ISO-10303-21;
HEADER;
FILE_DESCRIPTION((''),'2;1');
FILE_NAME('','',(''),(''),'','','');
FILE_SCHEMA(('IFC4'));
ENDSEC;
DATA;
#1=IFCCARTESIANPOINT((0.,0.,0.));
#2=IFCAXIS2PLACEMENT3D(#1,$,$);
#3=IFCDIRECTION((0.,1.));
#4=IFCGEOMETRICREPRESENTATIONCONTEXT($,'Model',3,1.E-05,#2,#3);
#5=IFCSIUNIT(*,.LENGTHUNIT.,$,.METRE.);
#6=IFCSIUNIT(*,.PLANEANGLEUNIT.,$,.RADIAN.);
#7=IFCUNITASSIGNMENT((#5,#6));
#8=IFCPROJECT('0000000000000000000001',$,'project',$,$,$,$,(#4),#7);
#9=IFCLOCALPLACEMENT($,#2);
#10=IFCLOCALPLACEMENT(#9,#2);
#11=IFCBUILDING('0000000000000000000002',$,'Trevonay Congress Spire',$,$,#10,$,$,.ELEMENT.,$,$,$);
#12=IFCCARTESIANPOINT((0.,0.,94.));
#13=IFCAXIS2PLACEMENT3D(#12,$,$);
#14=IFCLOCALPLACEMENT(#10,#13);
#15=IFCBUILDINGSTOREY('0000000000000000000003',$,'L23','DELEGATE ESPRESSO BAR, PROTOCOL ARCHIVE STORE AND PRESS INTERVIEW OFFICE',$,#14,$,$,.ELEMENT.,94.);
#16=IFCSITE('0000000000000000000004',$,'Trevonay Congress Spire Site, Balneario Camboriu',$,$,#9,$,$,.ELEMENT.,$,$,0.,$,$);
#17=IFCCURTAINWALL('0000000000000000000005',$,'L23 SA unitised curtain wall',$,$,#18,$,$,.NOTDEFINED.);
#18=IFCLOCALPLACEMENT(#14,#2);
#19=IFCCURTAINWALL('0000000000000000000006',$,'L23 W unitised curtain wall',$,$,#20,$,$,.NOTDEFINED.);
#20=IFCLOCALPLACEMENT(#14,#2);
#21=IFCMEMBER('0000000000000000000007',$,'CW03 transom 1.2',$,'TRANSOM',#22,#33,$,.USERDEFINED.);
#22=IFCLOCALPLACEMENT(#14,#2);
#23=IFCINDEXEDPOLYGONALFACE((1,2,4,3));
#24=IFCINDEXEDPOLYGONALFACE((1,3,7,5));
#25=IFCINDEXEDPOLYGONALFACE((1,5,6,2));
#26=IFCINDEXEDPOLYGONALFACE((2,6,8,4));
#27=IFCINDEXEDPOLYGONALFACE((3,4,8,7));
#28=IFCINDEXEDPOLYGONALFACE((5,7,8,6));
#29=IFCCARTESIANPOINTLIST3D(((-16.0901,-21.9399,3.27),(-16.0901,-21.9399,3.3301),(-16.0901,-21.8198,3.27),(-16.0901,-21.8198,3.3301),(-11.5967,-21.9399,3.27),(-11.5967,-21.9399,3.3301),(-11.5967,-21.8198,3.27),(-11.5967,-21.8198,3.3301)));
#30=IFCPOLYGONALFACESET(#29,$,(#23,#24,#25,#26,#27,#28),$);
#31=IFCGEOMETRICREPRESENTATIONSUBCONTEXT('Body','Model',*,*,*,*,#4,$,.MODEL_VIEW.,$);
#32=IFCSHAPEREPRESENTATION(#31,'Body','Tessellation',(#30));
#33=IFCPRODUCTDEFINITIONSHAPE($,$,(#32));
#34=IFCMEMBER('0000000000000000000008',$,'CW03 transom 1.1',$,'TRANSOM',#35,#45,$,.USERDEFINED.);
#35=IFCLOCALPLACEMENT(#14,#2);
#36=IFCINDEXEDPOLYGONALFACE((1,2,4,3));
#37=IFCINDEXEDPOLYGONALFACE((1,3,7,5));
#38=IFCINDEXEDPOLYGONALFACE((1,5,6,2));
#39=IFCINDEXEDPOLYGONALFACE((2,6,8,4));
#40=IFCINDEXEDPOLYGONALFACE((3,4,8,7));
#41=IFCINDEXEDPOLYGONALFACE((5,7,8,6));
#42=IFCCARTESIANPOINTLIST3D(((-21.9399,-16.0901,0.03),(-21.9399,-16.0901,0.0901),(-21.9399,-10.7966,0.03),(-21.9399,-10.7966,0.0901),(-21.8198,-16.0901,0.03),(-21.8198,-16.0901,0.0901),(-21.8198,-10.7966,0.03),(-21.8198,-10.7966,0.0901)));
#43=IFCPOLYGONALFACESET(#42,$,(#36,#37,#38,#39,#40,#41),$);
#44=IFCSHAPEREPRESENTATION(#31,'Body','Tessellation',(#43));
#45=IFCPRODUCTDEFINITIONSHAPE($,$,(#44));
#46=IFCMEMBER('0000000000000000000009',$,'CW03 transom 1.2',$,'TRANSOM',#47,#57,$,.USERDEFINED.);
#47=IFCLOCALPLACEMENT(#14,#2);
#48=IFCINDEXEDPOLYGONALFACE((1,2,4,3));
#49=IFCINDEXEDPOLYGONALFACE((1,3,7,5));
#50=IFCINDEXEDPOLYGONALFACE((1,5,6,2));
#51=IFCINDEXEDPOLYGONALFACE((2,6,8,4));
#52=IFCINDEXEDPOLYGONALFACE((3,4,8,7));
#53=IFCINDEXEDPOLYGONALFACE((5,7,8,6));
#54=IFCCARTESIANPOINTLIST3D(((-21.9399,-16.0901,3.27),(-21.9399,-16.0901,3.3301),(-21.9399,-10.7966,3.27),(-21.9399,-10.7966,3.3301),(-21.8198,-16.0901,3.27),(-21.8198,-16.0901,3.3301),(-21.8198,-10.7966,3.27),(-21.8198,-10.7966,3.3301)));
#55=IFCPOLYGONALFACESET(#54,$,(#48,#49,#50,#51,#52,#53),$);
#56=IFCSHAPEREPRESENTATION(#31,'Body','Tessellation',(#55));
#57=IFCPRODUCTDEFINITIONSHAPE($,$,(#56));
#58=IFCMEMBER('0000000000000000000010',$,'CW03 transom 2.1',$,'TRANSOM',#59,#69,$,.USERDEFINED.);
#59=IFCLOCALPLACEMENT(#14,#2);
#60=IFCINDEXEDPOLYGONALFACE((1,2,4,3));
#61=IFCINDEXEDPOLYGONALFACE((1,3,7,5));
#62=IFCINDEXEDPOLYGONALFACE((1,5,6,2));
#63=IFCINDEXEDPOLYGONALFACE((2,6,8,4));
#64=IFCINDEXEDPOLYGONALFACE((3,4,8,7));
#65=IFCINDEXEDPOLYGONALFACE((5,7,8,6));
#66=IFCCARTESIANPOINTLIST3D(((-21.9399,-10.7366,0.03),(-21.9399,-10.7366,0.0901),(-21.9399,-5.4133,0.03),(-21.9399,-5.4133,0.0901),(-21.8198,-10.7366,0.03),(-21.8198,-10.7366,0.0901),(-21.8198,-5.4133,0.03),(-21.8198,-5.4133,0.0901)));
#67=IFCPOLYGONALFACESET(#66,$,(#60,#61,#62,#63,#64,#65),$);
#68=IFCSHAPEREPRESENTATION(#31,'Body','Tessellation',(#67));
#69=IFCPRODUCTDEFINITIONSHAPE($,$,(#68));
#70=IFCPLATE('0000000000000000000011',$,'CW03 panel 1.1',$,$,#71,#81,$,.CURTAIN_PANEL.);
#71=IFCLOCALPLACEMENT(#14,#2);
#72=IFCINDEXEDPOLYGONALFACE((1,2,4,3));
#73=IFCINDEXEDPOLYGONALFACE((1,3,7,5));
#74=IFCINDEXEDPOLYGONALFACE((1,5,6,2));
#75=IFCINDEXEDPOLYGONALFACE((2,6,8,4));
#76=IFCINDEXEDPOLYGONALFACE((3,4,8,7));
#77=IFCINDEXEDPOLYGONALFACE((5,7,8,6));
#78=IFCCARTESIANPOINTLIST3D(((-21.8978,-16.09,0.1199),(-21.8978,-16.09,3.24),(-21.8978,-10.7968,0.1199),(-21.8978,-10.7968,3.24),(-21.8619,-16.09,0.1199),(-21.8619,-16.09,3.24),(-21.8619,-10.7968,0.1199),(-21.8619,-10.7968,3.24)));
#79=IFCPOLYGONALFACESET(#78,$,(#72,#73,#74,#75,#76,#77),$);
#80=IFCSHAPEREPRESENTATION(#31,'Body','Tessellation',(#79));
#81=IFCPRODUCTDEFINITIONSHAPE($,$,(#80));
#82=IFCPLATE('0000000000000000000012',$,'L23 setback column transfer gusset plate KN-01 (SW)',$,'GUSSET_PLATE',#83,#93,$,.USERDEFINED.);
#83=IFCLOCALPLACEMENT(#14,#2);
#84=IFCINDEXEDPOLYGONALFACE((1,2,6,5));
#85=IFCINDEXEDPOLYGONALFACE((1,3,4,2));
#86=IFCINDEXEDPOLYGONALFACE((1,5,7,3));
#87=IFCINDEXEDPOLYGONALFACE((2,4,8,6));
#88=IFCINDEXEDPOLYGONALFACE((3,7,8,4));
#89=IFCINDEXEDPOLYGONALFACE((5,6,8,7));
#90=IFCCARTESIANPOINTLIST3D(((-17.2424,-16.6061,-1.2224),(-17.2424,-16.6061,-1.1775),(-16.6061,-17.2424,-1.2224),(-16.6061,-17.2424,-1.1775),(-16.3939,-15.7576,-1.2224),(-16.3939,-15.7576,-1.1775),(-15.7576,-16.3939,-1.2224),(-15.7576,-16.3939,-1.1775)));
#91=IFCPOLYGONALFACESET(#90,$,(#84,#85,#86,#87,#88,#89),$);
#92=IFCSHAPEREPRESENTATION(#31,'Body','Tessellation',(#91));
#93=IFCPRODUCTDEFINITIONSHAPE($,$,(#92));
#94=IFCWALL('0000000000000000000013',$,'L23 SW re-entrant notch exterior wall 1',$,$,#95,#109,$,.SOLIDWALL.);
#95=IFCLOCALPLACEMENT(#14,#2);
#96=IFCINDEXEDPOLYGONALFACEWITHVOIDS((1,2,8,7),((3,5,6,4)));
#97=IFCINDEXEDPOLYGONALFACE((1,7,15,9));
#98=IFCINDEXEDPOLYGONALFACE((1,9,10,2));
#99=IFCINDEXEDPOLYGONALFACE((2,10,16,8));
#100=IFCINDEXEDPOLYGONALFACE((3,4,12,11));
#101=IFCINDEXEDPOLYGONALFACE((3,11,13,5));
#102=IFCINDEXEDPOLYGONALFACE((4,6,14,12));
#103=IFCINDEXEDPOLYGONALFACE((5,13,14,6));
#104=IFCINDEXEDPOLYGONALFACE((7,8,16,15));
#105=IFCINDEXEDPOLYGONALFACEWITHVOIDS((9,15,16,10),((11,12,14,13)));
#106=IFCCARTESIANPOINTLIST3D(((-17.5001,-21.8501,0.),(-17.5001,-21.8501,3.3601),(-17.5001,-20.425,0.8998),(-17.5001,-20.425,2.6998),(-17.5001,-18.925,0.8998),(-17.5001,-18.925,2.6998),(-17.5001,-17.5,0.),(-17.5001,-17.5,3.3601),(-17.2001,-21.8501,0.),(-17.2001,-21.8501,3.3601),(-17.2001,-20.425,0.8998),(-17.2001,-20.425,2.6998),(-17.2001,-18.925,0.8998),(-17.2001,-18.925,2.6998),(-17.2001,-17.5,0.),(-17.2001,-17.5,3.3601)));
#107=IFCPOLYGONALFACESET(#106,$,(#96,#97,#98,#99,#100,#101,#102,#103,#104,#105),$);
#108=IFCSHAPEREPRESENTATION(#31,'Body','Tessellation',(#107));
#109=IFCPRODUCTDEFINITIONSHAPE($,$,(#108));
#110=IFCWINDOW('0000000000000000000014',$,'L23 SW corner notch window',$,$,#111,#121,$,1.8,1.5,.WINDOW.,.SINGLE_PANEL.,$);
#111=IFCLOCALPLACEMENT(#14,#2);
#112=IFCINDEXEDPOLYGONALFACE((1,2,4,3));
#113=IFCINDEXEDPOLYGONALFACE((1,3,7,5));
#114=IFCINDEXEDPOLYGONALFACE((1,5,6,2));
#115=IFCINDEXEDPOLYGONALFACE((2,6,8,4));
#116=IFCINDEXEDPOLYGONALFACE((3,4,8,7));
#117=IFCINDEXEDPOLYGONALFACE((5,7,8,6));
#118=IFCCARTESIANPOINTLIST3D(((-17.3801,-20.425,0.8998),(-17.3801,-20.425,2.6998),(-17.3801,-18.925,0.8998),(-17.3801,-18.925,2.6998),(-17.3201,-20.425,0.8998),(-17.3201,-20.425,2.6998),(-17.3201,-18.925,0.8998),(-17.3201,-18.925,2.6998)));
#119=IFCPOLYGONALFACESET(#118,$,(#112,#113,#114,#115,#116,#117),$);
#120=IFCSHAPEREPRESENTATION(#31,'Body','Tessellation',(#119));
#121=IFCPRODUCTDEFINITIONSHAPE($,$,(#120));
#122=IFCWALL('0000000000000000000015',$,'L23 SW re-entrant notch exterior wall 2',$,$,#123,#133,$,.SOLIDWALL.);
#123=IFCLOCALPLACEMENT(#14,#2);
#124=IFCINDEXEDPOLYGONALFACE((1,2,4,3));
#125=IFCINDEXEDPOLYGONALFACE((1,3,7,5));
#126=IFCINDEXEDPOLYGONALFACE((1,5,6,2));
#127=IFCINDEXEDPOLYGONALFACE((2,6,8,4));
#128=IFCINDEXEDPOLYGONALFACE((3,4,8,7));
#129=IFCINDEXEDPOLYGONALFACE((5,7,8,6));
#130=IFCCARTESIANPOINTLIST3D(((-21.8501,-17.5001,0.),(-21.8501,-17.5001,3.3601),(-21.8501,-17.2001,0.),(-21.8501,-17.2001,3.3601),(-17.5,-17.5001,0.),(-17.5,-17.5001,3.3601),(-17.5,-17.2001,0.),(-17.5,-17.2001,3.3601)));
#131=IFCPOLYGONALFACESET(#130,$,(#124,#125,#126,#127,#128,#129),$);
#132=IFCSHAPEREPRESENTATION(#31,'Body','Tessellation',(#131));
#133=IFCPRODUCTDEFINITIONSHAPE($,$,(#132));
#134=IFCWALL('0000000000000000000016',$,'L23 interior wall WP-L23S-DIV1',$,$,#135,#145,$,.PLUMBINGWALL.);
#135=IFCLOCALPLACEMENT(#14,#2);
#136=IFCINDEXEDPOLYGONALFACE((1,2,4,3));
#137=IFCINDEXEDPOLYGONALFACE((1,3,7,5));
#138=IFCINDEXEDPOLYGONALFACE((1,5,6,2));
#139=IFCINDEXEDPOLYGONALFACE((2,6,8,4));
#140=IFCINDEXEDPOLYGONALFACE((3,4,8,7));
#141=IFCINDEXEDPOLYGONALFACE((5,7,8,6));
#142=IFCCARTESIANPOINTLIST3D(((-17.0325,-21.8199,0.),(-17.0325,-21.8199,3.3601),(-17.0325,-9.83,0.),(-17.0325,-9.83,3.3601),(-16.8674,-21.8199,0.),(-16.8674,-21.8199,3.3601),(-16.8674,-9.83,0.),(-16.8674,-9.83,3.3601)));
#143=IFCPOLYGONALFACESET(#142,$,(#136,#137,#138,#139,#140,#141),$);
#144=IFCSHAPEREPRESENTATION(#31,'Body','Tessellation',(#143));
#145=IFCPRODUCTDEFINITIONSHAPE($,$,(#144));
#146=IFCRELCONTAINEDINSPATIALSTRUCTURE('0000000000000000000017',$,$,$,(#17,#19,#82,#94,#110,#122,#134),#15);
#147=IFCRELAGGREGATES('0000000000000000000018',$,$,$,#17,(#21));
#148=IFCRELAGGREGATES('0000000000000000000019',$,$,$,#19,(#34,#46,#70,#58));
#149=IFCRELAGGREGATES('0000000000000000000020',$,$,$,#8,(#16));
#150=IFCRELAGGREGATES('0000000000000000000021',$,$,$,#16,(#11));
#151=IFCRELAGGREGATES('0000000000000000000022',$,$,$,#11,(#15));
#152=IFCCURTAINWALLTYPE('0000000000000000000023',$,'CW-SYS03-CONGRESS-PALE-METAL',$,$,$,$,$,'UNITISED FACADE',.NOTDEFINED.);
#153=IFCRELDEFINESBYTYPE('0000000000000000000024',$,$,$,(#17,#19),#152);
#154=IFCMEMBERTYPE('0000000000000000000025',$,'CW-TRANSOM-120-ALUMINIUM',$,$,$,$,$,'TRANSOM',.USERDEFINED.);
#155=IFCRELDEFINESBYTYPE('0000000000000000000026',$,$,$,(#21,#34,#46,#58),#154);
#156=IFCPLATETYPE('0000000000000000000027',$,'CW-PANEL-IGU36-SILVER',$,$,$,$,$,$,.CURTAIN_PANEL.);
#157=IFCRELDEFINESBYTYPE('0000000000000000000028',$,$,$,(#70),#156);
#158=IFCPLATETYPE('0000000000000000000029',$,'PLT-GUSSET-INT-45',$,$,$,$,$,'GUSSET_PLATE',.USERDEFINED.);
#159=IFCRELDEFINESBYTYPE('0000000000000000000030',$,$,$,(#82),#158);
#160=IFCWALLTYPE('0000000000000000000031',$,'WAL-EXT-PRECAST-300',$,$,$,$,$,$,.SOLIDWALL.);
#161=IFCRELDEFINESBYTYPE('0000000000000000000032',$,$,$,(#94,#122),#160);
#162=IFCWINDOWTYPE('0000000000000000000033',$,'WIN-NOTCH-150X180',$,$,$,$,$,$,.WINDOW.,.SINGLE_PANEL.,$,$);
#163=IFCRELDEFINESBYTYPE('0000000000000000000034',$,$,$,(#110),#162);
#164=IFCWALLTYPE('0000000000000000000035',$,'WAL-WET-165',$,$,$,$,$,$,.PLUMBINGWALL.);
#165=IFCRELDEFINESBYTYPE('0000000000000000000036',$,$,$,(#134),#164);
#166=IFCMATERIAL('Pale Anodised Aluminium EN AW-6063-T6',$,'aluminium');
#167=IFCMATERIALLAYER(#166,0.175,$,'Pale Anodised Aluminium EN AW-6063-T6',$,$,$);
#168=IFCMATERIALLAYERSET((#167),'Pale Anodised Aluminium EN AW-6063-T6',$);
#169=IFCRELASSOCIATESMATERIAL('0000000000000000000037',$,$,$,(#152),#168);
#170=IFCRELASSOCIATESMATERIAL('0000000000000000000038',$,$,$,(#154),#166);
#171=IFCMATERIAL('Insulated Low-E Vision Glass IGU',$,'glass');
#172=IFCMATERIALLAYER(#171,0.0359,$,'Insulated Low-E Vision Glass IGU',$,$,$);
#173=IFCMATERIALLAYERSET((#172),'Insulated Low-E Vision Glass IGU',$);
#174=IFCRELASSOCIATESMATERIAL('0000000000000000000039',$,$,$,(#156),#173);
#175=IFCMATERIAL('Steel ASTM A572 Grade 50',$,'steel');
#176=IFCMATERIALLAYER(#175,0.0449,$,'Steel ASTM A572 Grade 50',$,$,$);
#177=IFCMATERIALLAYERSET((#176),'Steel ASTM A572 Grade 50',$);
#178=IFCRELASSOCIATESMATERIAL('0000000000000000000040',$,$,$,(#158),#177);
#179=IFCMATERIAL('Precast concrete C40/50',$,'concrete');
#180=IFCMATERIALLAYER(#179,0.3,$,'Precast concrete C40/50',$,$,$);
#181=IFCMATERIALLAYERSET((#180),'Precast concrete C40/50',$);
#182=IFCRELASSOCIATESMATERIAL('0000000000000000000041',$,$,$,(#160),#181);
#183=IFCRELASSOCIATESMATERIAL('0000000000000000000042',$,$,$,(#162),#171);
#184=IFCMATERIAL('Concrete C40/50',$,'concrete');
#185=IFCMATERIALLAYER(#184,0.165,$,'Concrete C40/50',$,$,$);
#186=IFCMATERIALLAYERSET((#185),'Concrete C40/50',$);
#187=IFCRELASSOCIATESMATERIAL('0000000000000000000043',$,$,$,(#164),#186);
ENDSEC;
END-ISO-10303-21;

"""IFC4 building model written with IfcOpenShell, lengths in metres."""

from ifc_helpers import new_model, si_unit, direction, frame, frame_2d, origin, origin_2d, place, context, subcontext, project, spatial, rectangle, extrude, material, layer, layer_set, material_profile, profile_set, type_object, element, fill, aggregate, save


model = new_model("IFC4")

# Units and contexts
model_context = context("Model", 3, precision=1e-05, world=origin(), true_north=direction((0.0, 1.0)))
body_context = subcontext(model_context, "Body", "Model", "MODEL_VIEW")
ifc_project = project(units=[si_unit("LENGTHUNIT", "METRE"), si_unit("PLANEANGLEUNIT", "RADIAN")], contexts=[model_context])

# Site, building, storey
site_placement = place(None, origin())
site = spatial("IfcSite", under=ifc_project, at=site_placement, Name="Trevonay Congress Spire Site, Balneario Camboriu", CompositionType="ELEMENT", RefElevation=0.0)
building_placement = place(site_placement, origin())
building = spatial("IfcBuilding", under=site, at=building_placement, Name="Trevonay Congress Spire", CompositionType="ELEMENT")
storey_placement = place(building_placement, frame((0.0, 0.0, 94.0)))
storey = spatial("IfcBuildingStorey", under=building, at=storey_placement, Name="L23", Description="DELEGATE ESPRESSO BAR, PROTOCOL ARCHIVE STORE AND PRESS INTERVIEW OFFICE", CompositionType="ELEMENT", Elevation=94.0)

# Shared definitions
ifc_material_1 = material(Name="Steel ASTM A572 Grade 50", Category="steel")

# Curtain wall
ifc_material_2 = material(Name="Pale Anodised Aluminium EN AW-6063-T6", Category="aluminium")
ifc_layer_1 = layer(ifc_material_2, 0.175, Name="Pale Anodised Aluminium EN AW-6063-T6")
ifc_layer_set_1 = layer_set([ifc_layer_1], Name="Pale Anodised Aluminium EN AW-6063-T6")
curtain_wall_type = type_object("IfcCurtainWallType", Name="CW-SYS03-CONGRESS-PALE-METAL", ElementType="UNITISED FACADE", PredefinedType="NOTDEFINED", material=ifc_layer_set_1)
curtain_wall_1_placement = place(storey_placement, origin())
curtain_wall_1 = element("IfcCurtainWall", 1, at=curtain_wall_1_placement, inside=storey, type_object=curtain_wall_type, Name="L23 SA unitised curtain wall", PredefinedType="NOTDEFINED")

# Curtain wall
curtain_wall_2_placement = place(storey_placement, origin())
curtain_wall_2 = element("IfcCurtainWall", 2, at=curtain_wall_2_placement, inside=storey, type_object=curtain_wall_type, Name="L23 W unitised curtain wall", PredefinedType="NOTDEFINED")

# Members
ifc_material_profile_1 = material_profile(ifc_material_2, rectangle(XDim=0.1201, YDim=0.0601, at=origin_2d()), Name="CW-TRANSOM-120-ALUMINIUM")
ifc_profile_set_1 = profile_set([ifc_material_profile_1], Name="Pale Anodised Aluminium EN AW-6063-T6")
member_type_1 = type_object("IfcMemberType", Name="CW-TRANSOM-120-ALUMINIUM", ElementType="TRANSOM", PredefinedType="USERDEFINED", material=ifc_profile_set_1)
member_1_placement = place(storey_placement, frame((-16.0901, -21.8799, 3.3), z_axis=(1.0, 0.0, 0.0), x_axis=(0.0, 1.0, 0.0)))
member_1 = element("IfcMember", 3, at=member_1_placement, type_object=member_type_1, Name="CW03 transom 1.2", ObjectType="TRANSOM", PredefinedType="USERDEFINED", context=body_context, shape_type="SweptSolid", body=[
    extrude(rectangle(XDim=0.1201, YDim=0.0601, at=origin_2d()), origin(), (0.0, 0.0, 1.0), 4.4934),
])
aggregate(curtain_wall_1, [member_1])
member_2_placement = place(storey_placement, frame((-21.8799, -16.0901, 0.0601), z_axis=(0.0, 1.0, 0.0), x_axis=(-1.0, 0.0, 0.0)))
member_2 = element("IfcMember", 4, at=member_2_placement, type_object=member_type_1, Name="CW03 transom 1.1", ObjectType="TRANSOM", PredefinedType="USERDEFINED", context=body_context, shape_type="SweptSolid", body=[
    extrude(rectangle(XDim=0.1201, YDim=0.0601, at=origin_2d()), origin(), (0.0, 0.0, 1.0), 5.2935),
])
member_3_placement = place(storey_placement, frame((-21.8799, -16.0901, 3.3), z_axis=(0.0, 1.0, 0.0), x_axis=(-1.0, 0.0, 0.0)))
member_3 = element("IfcMember", 5, at=member_3_placement, type_object=member_type_1, Name="CW03 transom 1.2", ObjectType="TRANSOM", PredefinedType="USERDEFINED", context=body_context, shape_type="SweptSolid", body=[
    extrude(rectangle(XDim=0.1201, YDim=0.0601, at=origin_2d()), origin(), (0.0, 0.0, 1.0), 5.2935),
])
member_4_placement = place(storey_placement, frame((-21.8799, -10.7366, 0.0601), z_axis=(0.0, 1.0, 0.0), x_axis=(-1.0, 0.0, 0.0)))
member_4 = element("IfcMember", 6, at=member_4_placement, type_object=member_type_1, Name="CW03 transom 2.1", ObjectType="TRANSOM", PredefinedType="USERDEFINED", context=body_context, shape_type="SweptSolid", body=[
    extrude(rectangle(XDim=0.1201, YDim=0.0601, at=origin_2d()), origin(), (0.0, 0.0, 1.0), 5.3232),
])

# Plates
ifc_material_3 = material(Name="Insulated Low-E Vision Glass IGU", Category="glass")
ifc_layer_2 = layer(ifc_material_3, 0.0359, Name="Insulated Low-E Vision Glass IGU")
ifc_layer_set_2 = layer_set([ifc_layer_2], Name="Insulated Low-E Vision Glass IGU")
plate_type_1 = type_object("IfcPlateType", Name="CW-PANEL-IGU36-SILVER", PredefinedType="CURTAIN_PANEL", material=ifc_layer_set_2)
plate_1_placement = place(storey_placement, frame((-21.8799, -13.4434, 0.1199), z_axis=(0.0, 0.0, 1.0), x_axis=(0.0, 1.0, 0.0)))
plate_1 = element("IfcPlate", 7, at=plate_1_placement, type_object=plate_type_1, Name="CW03 panel 1.1", PredefinedType="CURTAIN_PANEL", context=body_context, shape_type="SweptSolid", body=[
    extrude(rectangle(XDim=5.2932, YDim=0.0359, at=origin_2d()), origin(), (0.0, 0.0, 1.0), 3.1201),
])
aggregate(curtain_wall_2, [member_2, member_3, plate_1, member_4])
ifc_layer_3 = layer(ifc_material_1, 0.0449, Name="Steel ASTM A572 Grade 50")
ifc_layer_set_3 = layer_set([ifc_layer_3], Name="Steel ASTM A572 Grade 50")
plate_type_2 = type_object("IfcPlateType", Name="PLT-GUSSET-INT-45", ElementType="GUSSET_PLATE", PredefinedType="USERDEFINED", material=ifc_layer_set_3)
plate_2_placement = place(storey_placement, frame((-16.5, -16.5, -1.2224), z_axis=(0.0, 0.0, 1.0), x_axis=(0.707107, 0.707107, 0.0)))
element("IfcPlate", 8, at=plate_2_placement, inside=storey, type_object=plate_type_2, Name="L23 setback column transfer gusset plate KN-01 (SW)", ObjectType="GUSSET_PLATE", PredefinedType="USERDEFINED", context=body_context, shape_type="SweptSolid", body=[
    extrude(rectangle(XDim=1.2, YDim=0.8999, at=origin_2d()), origin(), (0.0, 0.0, 1.0), 0.0449),
])

# Wall, opening, window
ifc_material_4 = material(Name="Precast concrete C40/50", Category="concrete")
ifc_layer_4 = layer(ifc_material_4, 0.3, Name="Precast concrete C40/50")
ifc_layer_set_4 = layer_set([ifc_layer_4], Name="Precast concrete C40/50")
wall_type_1 = type_object("IfcWallType", Name="WAL-EXT-PRECAST-300", PredefinedType="SOLIDWALL", material=ifc_layer_set_4)
wall_1_placement = place(storey_placement, frame((-17.3501, -21.8501, 0.0), z_axis=(0.0, 0.0, 1.0), x_axis=(0.0, 1.0, 0.0)))
wall_1 = element("IfcWall", 9, at=wall_1_placement, inside=storey, type_object=wall_type_1, Name="L23 SW re-entrant notch exterior wall 1", PredefinedType="SOLIDWALL", context=body_context, shape_type="SweptSolid", body=[
    extrude(rectangle(XDim=4.3501, YDim=0.3, at=frame_2d((2.175, 0.0))), origin(), (0.0, 0.0, 1.0), 3.3601),
])
opening_placement = place(wall_1_placement, frame((1.425, 0.0, 0.8999)))
opening = element("IfcOpeningElement", 10, at=opening_placement, cuts=wall_1, PredefinedType="OPENING", context=body_context, shape_type="SweptSolid", body=[
    extrude(rectangle(XDim=1.5, YDim=1.8, at=frame_2d((0.75, 0.8999))), frame((0.0, 0.1602, 0.0), z_axis=(0.0, -1.0, 0.0), x_axis=(1.0, 0.0, 0.0)), (0.0, 0.0, 1.0), 0.3201),
])
window_type = type_object("IfcWindowType", Name="WIN-NOTCH-150X180", PartitioningType="SINGLE_PANEL", PredefinedType="WINDOW", material=ifc_material_3)
window_placement = place(opening_placement, origin())
window = element("IfcWindow", 11, at=window_placement, inside=storey, type_object=window_type, Name="L23 SW corner notch window", OverallHeight=1.8, OverallWidth=1.5, PartitioningType="SINGLE_PANEL", PredefinedType="WINDOW", context=body_context, shape_type="SweptSolid", body=[
    extrude(rectangle(XDim=1.5, YDim=1.8, at=frame_2d((0.75, 0.8999))), frame((0.0, 0.03, 0.0), z_axis=(0.0, -1.0, 0.0), x_axis=(1.0, 0.0, 0.0)), (0.0, 0.0, 1.0), 0.0601),
])
fill(opening, window)

# Walls
wall_2_placement = place(storey_placement, frame((-21.8501, -17.3501, 0.0), z_axis=(0.0, 0.0, 1.0), x_axis=(1.0, 0.0, 0.0)))
element("IfcWall", 12, at=wall_2_placement, inside=storey, type_object=wall_type_1, Name="L23 SW re-entrant notch exterior wall 2", PredefinedType="SOLIDWALL", context=body_context, shape_type="SweptSolid", body=[
    extrude(rectangle(XDim=4.3501, YDim=0.3, at=frame_2d((2.175, 0.0))), origin(), (0.0, 0.0, 1.0), 3.3601),
])
ifc_material_5 = material(Name="Concrete C40/50", Category="concrete")
ifc_layer_5 = layer(ifc_material_5, 0.165, Name="Concrete C40/50")
ifc_layer_set_5 = layer_set([ifc_layer_5], Name="Concrete C40/50")
wall_type_2 = type_object("IfcWallType", Name="WAL-WET-165", PredefinedType="PLUMBINGWALL", material=ifc_layer_set_5)
wall_3_placement = place(storey_placement, frame((-16.95, -21.8201, 0.0), z_axis=(0.0, 0.0, 1.0), x_axis=(0.0, 1.0, 0.0)))
element("IfcWall", 13, at=wall_3_placement, inside=storey, type_object=wall_type_2, Name="L23 interior wall WP-L23S-DIV1", PredefinedType="PLUMBINGWALL", context=body_context, shape_type="SweptSolid", body=[
    extrude(rectangle(XDim=11.99, YDim=0.165, at=frame_2d((5.9951, 0.0))), origin(), (0.0, 0.0, 1.0), 3.3601),
])

save(model, "model.ifc")
